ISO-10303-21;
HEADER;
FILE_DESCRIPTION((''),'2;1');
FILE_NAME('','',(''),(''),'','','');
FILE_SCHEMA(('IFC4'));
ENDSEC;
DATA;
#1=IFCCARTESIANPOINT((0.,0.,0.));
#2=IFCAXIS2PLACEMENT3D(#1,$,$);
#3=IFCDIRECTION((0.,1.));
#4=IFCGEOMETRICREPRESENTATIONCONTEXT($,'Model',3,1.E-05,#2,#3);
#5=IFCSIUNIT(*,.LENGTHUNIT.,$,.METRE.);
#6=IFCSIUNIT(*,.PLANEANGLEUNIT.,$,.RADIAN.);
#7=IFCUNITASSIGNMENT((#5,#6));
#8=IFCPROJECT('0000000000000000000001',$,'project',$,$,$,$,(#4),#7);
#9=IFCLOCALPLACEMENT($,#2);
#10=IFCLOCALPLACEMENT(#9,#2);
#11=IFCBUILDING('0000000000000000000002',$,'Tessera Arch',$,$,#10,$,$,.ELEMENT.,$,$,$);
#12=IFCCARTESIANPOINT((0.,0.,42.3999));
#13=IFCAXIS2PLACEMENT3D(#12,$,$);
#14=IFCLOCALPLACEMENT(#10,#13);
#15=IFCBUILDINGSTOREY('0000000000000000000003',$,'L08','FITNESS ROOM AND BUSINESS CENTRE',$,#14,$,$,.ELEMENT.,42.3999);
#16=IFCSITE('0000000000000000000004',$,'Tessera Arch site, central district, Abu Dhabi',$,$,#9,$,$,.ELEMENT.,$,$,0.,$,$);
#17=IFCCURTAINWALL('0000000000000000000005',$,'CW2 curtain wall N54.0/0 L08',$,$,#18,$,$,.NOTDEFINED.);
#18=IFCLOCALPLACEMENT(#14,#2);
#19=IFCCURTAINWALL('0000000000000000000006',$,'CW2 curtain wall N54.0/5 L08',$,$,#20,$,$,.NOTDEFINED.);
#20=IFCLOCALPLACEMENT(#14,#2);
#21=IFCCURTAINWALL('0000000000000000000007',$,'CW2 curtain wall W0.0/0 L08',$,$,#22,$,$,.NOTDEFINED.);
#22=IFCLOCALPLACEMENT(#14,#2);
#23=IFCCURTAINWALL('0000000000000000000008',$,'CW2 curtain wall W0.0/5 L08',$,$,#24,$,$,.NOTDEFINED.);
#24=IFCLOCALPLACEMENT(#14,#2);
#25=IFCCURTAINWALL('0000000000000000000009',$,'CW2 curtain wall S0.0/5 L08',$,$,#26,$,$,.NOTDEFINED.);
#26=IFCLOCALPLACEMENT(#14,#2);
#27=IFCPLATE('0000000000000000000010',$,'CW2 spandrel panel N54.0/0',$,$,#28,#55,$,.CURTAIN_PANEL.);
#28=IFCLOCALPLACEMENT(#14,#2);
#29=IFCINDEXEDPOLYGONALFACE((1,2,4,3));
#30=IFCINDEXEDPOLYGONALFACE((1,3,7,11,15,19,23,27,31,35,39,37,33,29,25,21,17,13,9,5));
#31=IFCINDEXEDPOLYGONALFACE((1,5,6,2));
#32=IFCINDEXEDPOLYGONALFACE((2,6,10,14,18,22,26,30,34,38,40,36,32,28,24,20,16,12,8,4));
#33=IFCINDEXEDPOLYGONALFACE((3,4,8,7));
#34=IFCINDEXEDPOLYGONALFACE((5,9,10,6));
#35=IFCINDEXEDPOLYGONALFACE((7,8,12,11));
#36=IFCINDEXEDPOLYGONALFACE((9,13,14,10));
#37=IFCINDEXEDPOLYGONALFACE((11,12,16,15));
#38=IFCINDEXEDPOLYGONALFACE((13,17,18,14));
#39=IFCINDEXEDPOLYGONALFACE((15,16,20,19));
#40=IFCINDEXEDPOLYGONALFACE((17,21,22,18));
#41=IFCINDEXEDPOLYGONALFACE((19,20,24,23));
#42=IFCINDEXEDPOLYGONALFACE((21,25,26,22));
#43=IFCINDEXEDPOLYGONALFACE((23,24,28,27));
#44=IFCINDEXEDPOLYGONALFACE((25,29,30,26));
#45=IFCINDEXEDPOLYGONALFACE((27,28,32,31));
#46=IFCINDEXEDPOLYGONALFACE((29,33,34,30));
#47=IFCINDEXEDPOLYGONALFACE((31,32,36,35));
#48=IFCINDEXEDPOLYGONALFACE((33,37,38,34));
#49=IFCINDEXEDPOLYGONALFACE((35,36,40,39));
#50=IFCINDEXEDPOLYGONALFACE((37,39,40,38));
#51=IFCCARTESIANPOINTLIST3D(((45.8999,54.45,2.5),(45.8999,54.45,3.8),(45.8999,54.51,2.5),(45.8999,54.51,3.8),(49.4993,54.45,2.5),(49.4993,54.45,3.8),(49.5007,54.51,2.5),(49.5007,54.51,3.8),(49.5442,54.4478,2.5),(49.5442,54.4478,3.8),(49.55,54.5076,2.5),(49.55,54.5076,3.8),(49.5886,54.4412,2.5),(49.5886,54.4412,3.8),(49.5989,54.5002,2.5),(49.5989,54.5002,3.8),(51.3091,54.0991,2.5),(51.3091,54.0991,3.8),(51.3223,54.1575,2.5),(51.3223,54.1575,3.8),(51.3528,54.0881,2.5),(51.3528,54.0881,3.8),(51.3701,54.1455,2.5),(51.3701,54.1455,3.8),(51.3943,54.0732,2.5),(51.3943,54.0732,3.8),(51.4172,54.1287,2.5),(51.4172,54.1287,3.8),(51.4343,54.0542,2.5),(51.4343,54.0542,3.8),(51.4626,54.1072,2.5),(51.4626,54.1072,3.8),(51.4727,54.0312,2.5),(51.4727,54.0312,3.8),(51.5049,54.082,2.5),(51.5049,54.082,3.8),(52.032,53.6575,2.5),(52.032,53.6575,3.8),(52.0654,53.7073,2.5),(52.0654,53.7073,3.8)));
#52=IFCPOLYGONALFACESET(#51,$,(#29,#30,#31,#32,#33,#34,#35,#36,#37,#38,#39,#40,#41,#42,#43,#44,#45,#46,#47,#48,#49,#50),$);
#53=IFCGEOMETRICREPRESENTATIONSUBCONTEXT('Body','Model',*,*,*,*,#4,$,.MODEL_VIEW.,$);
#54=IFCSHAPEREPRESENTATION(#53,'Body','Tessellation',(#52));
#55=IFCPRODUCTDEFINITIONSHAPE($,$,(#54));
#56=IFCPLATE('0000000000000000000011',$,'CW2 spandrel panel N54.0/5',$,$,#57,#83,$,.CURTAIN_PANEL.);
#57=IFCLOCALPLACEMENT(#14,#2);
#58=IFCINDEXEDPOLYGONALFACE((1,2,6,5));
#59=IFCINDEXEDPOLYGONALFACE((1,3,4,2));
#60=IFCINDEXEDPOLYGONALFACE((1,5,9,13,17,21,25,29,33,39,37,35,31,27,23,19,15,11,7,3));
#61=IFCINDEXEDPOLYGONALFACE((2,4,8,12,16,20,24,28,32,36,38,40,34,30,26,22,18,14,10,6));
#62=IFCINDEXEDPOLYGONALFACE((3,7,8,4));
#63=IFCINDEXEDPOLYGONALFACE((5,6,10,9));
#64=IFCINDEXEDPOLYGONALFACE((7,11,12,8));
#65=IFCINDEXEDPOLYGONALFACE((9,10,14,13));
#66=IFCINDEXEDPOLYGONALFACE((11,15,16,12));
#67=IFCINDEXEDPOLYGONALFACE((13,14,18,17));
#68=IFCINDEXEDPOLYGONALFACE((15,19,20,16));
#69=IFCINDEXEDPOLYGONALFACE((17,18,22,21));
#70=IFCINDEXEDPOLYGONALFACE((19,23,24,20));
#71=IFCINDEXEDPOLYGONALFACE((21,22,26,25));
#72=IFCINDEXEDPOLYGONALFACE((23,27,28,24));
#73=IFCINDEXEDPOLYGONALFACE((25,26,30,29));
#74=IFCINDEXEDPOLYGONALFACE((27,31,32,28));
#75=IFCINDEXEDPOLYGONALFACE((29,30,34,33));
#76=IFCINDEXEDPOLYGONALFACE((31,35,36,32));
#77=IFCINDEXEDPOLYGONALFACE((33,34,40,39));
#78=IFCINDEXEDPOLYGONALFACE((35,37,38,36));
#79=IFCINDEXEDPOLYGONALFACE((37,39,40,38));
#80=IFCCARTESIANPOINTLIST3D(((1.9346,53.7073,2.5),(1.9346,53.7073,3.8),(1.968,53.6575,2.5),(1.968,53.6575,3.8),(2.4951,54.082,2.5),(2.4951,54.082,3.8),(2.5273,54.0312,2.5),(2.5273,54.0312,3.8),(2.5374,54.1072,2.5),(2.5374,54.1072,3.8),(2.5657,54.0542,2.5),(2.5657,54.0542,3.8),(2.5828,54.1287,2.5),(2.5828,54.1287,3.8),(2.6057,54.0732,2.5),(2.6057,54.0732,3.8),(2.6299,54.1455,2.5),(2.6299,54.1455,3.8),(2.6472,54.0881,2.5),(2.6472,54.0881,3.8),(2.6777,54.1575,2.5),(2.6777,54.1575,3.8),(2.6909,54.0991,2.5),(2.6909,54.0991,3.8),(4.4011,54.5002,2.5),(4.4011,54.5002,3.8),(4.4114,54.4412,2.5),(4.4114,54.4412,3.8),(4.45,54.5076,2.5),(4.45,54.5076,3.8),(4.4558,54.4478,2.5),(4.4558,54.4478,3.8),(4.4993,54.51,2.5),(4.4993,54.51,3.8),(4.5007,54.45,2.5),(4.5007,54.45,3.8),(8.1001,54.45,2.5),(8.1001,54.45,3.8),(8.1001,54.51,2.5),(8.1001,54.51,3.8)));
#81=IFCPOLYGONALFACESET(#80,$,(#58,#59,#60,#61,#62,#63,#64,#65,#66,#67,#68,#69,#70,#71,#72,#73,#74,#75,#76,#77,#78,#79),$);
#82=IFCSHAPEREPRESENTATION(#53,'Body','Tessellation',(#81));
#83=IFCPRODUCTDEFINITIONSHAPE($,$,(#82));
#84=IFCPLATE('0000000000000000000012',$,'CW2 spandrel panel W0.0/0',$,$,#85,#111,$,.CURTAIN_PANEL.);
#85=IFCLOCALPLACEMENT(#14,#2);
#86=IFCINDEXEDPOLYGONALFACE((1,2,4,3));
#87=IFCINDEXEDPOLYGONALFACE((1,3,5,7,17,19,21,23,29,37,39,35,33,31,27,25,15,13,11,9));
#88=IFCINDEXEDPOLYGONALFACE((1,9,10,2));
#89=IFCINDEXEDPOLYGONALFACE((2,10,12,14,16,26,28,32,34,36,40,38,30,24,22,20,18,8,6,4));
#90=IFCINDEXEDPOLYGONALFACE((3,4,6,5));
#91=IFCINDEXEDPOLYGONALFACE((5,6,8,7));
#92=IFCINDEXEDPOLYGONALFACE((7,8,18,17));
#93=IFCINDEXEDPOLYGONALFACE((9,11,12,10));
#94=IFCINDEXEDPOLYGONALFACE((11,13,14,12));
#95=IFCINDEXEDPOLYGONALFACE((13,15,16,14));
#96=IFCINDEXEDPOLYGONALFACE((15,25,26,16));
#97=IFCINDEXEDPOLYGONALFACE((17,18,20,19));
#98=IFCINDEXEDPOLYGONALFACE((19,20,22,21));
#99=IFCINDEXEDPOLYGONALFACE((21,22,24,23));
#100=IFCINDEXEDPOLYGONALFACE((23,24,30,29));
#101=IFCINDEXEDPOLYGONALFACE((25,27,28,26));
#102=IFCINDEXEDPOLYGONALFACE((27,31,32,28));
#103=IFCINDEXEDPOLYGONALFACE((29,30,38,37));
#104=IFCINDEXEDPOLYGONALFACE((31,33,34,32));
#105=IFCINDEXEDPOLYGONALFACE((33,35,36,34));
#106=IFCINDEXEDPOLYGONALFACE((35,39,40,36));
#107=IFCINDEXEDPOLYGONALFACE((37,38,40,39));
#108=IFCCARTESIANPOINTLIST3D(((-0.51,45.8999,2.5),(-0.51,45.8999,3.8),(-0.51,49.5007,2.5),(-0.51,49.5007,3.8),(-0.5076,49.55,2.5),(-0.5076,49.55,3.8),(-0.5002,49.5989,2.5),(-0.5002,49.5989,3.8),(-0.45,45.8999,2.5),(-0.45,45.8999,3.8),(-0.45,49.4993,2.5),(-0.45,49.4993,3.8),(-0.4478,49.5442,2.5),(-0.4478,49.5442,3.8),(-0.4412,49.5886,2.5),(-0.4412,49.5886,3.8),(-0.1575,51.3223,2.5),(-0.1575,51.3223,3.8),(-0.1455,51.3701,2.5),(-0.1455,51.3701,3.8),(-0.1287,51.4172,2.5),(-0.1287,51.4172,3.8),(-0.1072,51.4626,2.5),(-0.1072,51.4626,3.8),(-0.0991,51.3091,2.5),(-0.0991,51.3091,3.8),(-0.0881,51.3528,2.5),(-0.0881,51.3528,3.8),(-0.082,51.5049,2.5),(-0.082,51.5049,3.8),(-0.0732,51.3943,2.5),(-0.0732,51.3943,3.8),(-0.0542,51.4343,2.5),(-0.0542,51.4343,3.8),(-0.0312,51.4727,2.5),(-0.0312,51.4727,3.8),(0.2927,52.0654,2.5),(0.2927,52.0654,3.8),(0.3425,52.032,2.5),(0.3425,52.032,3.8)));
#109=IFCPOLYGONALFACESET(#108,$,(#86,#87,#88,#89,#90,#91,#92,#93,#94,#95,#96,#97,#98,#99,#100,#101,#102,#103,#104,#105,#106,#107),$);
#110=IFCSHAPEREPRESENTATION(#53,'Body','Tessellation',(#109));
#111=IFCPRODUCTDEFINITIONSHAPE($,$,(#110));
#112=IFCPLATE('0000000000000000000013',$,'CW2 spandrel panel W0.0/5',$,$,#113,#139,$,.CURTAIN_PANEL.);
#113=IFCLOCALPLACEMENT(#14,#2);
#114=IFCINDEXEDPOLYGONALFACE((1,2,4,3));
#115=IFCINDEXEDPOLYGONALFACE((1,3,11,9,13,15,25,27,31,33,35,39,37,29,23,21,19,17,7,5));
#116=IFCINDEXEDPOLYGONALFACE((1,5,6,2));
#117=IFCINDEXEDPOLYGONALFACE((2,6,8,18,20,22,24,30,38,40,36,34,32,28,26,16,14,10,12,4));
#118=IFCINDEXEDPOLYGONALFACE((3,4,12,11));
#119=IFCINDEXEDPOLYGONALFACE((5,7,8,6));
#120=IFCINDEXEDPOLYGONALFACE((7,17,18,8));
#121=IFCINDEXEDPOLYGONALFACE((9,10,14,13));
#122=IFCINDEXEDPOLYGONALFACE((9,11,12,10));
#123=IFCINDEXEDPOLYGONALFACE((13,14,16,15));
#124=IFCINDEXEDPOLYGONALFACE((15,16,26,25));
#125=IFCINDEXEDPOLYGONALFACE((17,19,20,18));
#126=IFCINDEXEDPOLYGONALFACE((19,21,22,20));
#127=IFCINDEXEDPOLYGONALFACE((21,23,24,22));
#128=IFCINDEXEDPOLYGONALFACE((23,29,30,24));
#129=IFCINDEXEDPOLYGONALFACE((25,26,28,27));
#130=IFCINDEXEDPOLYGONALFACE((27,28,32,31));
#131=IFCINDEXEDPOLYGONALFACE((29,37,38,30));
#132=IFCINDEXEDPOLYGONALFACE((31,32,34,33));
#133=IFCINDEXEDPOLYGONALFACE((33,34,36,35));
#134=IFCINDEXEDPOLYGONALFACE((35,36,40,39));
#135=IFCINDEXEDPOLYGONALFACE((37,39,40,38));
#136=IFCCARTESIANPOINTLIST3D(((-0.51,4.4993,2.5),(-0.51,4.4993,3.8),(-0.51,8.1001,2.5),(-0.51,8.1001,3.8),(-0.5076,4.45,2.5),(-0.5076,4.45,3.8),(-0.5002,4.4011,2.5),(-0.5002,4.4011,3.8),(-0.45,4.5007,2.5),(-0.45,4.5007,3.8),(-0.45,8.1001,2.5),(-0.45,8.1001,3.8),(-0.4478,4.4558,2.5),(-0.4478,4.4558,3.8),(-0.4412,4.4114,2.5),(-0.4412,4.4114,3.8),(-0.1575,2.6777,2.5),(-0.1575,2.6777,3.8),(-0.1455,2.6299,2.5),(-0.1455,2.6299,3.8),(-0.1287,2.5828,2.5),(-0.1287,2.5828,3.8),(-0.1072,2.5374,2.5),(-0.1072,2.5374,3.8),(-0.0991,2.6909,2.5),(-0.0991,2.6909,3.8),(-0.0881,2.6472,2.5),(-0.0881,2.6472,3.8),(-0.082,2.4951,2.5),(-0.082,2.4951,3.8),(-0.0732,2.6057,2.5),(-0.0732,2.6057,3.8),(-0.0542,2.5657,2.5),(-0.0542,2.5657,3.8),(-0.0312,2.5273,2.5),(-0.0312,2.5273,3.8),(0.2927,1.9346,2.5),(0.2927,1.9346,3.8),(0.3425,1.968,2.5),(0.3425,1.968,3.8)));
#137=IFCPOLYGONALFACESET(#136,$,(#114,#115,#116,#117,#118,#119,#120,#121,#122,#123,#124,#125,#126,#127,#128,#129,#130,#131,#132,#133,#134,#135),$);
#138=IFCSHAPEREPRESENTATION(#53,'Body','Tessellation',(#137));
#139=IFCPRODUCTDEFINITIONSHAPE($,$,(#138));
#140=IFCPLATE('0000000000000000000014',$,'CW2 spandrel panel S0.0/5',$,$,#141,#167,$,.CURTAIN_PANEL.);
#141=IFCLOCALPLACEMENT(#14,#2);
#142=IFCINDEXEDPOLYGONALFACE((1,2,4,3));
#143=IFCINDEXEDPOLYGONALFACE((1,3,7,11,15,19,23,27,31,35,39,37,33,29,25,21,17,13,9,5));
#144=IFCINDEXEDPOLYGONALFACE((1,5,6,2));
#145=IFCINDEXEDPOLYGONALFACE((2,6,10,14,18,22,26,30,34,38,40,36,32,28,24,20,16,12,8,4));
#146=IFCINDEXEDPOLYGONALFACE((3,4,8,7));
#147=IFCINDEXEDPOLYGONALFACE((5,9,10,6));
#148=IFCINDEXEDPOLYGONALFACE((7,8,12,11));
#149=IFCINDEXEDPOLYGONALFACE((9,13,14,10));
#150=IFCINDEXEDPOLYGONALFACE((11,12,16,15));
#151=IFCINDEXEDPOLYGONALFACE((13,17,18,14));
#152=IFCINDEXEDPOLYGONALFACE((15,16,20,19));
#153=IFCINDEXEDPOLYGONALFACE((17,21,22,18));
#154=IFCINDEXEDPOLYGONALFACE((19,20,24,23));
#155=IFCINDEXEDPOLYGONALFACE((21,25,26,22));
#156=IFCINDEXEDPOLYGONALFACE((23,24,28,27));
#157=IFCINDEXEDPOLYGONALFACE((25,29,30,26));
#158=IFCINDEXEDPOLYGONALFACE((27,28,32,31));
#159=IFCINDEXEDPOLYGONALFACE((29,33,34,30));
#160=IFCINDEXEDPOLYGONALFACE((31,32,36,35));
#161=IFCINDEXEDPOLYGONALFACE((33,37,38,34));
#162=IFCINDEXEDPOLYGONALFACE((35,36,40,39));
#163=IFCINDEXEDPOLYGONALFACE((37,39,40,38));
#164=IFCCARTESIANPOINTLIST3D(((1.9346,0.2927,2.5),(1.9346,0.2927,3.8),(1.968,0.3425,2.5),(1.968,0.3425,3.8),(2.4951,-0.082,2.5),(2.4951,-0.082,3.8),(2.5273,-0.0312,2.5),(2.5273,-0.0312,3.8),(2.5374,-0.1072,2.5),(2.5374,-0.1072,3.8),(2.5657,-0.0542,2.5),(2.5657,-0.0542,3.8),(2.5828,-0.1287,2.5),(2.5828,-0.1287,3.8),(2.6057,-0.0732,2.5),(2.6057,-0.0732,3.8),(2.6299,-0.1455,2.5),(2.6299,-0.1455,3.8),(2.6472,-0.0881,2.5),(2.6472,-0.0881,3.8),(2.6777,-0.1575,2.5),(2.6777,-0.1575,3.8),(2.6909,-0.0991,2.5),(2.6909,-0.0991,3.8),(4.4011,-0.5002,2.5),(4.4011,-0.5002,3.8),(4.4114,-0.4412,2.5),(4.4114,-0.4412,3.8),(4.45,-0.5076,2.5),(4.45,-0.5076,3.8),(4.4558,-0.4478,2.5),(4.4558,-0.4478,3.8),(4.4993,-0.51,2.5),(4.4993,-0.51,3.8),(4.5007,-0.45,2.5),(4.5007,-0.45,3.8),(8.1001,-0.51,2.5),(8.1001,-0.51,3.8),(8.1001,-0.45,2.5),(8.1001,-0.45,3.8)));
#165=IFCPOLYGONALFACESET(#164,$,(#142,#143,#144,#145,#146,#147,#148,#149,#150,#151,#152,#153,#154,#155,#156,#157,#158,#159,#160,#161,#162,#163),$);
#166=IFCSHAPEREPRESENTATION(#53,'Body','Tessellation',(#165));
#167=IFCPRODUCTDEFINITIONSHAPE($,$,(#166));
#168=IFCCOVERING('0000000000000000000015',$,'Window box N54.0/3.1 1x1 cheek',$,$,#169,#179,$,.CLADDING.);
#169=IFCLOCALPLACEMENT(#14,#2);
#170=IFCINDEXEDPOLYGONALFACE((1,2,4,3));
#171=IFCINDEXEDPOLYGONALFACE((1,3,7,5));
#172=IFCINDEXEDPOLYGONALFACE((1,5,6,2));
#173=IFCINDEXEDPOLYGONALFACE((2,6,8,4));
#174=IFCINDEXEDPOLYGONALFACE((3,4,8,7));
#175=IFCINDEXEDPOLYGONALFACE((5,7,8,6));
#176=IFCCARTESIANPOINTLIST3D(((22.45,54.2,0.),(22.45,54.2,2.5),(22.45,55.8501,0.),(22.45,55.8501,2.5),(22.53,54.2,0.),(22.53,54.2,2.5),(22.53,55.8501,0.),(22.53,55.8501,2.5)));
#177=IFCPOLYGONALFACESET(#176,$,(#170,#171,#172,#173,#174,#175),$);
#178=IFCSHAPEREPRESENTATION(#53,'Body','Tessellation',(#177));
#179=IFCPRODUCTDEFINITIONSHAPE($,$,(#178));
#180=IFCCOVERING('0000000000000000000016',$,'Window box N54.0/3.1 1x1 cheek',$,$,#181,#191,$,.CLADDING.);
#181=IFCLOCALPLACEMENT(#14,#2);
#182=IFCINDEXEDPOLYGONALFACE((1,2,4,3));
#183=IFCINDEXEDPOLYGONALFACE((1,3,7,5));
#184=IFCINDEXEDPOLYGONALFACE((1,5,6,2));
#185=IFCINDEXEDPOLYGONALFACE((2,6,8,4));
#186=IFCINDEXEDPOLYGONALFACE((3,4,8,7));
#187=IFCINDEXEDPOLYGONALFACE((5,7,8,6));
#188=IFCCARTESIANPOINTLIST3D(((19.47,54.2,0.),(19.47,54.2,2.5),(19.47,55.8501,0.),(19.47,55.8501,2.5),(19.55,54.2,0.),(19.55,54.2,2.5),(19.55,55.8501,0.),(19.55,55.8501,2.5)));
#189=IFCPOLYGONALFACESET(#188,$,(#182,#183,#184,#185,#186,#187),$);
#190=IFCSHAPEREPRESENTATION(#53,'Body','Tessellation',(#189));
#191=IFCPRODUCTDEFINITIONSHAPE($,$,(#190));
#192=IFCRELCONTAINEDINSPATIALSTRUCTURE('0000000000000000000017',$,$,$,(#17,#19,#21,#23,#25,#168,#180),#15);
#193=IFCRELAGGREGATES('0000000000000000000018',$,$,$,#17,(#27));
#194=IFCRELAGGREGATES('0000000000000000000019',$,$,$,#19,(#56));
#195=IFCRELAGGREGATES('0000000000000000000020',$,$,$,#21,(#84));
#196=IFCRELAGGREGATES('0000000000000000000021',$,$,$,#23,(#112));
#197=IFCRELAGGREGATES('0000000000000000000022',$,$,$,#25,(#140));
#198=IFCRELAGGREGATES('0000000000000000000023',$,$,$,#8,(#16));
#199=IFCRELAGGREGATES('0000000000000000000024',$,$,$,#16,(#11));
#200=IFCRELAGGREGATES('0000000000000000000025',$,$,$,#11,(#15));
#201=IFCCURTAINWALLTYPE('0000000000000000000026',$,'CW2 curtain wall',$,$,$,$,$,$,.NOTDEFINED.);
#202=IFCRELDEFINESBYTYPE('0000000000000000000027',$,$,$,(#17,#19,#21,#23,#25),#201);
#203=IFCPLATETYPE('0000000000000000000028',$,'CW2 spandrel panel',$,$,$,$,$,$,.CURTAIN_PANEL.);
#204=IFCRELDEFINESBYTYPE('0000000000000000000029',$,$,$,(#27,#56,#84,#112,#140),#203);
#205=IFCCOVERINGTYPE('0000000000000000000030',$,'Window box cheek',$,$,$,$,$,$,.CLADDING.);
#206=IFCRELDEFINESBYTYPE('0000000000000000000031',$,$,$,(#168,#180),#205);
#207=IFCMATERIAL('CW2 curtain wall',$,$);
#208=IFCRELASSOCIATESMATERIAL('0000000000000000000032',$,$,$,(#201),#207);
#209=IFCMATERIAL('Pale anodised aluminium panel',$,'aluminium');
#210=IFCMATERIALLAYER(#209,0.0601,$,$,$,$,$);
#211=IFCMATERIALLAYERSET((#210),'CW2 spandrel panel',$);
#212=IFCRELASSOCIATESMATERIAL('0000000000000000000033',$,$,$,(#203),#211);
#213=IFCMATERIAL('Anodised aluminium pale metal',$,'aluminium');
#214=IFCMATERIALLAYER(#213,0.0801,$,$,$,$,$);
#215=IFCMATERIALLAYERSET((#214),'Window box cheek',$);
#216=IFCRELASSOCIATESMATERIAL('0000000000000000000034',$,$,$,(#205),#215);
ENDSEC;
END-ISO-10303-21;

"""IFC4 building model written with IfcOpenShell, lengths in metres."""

from ifc_helpers import new_model, si_unit, direction, frame, origin, place, context, subcontext, project, spatial, polyline, outline, extrude, material, layer, layer_set, type_object, element, aggregate, save


model = new_model("IFC4")

# Units and contexts
model_context = context("Model", 3, precision=1e-05, world=origin(), true_north=direction((0.0, 1.0)))
body_context = subcontext(model_context, "Body", "Model", "MODEL_VIEW")
ifc_project = project(units=[si_unit("LENGTHUNIT", "METRE"), si_unit("PLANEANGLEUNIT", "RADIAN")], contexts=[model_context])

# Site, building, storey
site_placement = place(None, origin())
site = spatial("IfcSite", under=ifc_project, at=site_placement, Name="Tessera Arch site, central district, Abu Dhabi", CompositionType="ELEMENT", RefElevation=0.0)
building_placement = place(site_placement, origin())
building = spatial("IfcBuilding", under=site, at=building_placement, Name="Tessera Arch", CompositionType="ELEMENT")
storey_placement = place(building_placement, frame((0.0, 0.0, 42.3999)))
storey = spatial("IfcBuildingStorey", under=building, at=storey_placement, Name="L08", Description="FITNESS ROOM AND BUSINESS CENTRE", CompositionType="ELEMENT", Elevation=42.3999)

# Curtain walls
ifc_material_1 = material(Name="CW2 curtain wall")
curtain_wall_type = type_object("IfcCurtainWallType", Name="CW2 curtain wall", PredefinedType="NOTDEFINED", material=ifc_material_1)
curtain_wall_1_placement = place(storey_placement, origin())
curtain_wall_1 = element("IfcCurtainWall", 1, at=curtain_wall_1_placement, inside=storey, type_object=curtain_wall_type, Name="CW2 curtain wall N54.0/0 L08", PredefinedType="NOTDEFINED")
curtain_wall_2_placement = place(storey_placement, origin())
curtain_wall_2 = element("IfcCurtainWall", 2, at=curtain_wall_2_placement, inside=storey, type_object=curtain_wall_type, Name="CW2 curtain wall N54.0/5 L08", PredefinedType="NOTDEFINED")
curtain_wall_3_placement = place(storey_placement, origin())
curtain_wall_3 = element("IfcCurtainWall", 3, at=curtain_wall_3_placement, inside=storey, type_object=curtain_wall_type, Name="CW2 curtain wall W0.0/0 L08", PredefinedType="NOTDEFINED")
curtain_wall_4_placement = place(storey_placement, origin())
curtain_wall_4 = element("IfcCurtainWall", 4, at=curtain_wall_4_placement, inside=storey, type_object=curtain_wall_type, Name="CW2 curtain wall W0.0/5 L08", PredefinedType="NOTDEFINED")
curtain_wall_5_placement = place(storey_placement, origin())
curtain_wall_5 = element("IfcCurtainWall", 5, at=curtain_wall_5_placement, inside=storey, type_object=curtain_wall_type, Name="CW2 curtain wall S0.0/5 L08", PredefinedType="NOTDEFINED")

# Plates
ifc_material_2 = material(Name="Pale anodised aluminium panel", Category="aluminium")
ifc_layer_1 = layer(ifc_material_2, 0.0601)
ifc_layer_set_1 = layer_set([ifc_layer_1], Name="CW2 spandrel panel")
plate_type_1 = type_object("IfcPlateType", Name="CW2 spandrel panel", PredefinedType="CURTAIN_PANEL", material=ifc_layer_set_1)
plate_1_placement = place(storey_placement, frame((0.0, 0.0, 2.5)))
plate_1 = element("IfcPlate", 6, at=plate_1_placement, type_object=plate_type_1, Name="CW2 spandrel panel N54.0/0", PredefinedType="CURTAIN_PANEL", context=body_context, shape_type="SweptSolid", body=[
    extrude(outline(polyline([(51.4727, 54.0312), (52.032, 53.6575), (52.0654, 53.7073), (51.5049, 54.082), (51.4626, 54.1072), (51.4172, 54.1287), (51.3701, 54.1455), (51.3223, 54.1575), (49.5989, 54.5002), (49.55, 54.5076), (49.5007, 54.51), (45.8999, 54.51), (45.8999, 54.45), (49.4993, 54.45), (49.5442, 54.4478), (49.5886, 54.4412), (51.3091, 54.0991), (51.3528, 54.0881), (51.3943, 54.0732), (51.4343, 54.0542), (51.4727, 54.0312)])), origin(), (0.0, 0.0, 1.0), 1.3),
])
aggregate(curtain_wall_1, [plate_1])
plate_2_placement = place(storey_placement, frame((0.0, 0.0, 2.5)))
plate_2 = element("IfcPlate", 7, at=plate_2_placement, type_object=plate_type_1, Name="CW2 spandrel panel N54.0/5", PredefinedType="CURTAIN_PANEL", context=body_context, shape_type="SweptSolid", body=[
    extrude(outline(polyline([(4.5007, 54.45), (8.1001, 54.45), (8.1001, 54.51), (4.4993, 54.51), (4.45, 54.5076), (4.4011, 54.5002), (2.6777, 54.1575), (2.6299, 54.1455), (2.5828, 54.1287), (2.5374, 54.1072), (2.4951, 54.082), (1.9346, 53.7073), (1.968, 53.6575), (2.5273, 54.0312), (2.5657, 54.0542), (2.6057, 54.0732), (2.6472, 54.0881), (2.6909, 54.0991), (4.4114, 54.4412), (4.4558, 54.4478), (4.5007, 54.45)])), origin(), (0.0, 0.0, 1.0), 1.3),
])
aggregate(curtain_wall_2, [plate_2])
plate_3_placement = place(storey_placement, frame((0.0, 0.0, 2.5)))
plate_3 = element("IfcPlate", 8, at=plate_3_placement, type_object=plate_type_1, Name="CW2 spandrel panel W0.0/0", PredefinedType="CURTAIN_PANEL", context=body_context, shape_type="SweptSolid", body=[
    extrude(outline(polyline([(-0.0312, 51.4727), (0.3425, 52.032), (0.2927, 52.0654), (-0.082, 51.5049), (-0.1072, 51.4626), (-0.1287, 51.4172), (-0.1455, 51.3701), (-0.1575, 51.3223), (-0.5002, 49.5989), (-0.5076, 49.55), (-0.51, 49.5007), (-0.51, 45.8999), (-0.45, 45.8999), (-0.45, 49.4993), (-0.4478, 49.5442), (-0.4412, 49.5886), (-0.0991, 51.3091), (-0.0881, 51.3528), (-0.0732, 51.3943), (-0.0542, 51.4343), (-0.0312, 51.4727)])), origin(), (0.0, 0.0, 1.0), 1.3),
])
aggregate(curtain_wall_3, [plate_3])
plate_4_placement = place(storey_placement, frame((0.0, 0.0, 2.5)))
plate_4 = element("IfcPlate", 9, at=plate_4_placement, type_object=plate_type_1, Name="CW2 spandrel panel W0.0/5", PredefinedType="CURTAIN_PANEL", context=body_context, shape_type="SweptSolid", body=[
    extrude(outline(polyline([(-0.45, 4.5007), (-0.45, 8.1001), (-0.51, 8.1001), (-0.51, 4.4993), (-0.5076, 4.45), (-0.5002, 4.4011), (-0.1575, 2.6777), (-0.1455, 2.6299), (-0.1287, 2.5828), (-0.1072, 2.5374), (-0.082, 2.4951), (0.2927, 1.9346), (0.3425, 1.968), (-0.0312, 2.5273), (-0.0542, 2.5657), (-0.0732, 2.6057), (-0.0881, 2.6472), (-0.0991, 2.6909), (-0.4412, 4.4114), (-0.4478, 4.4558), (-0.45, 4.5007)])), origin(), (0.0, 0.0, 1.0), 1.3),
])
aggregate(curtain_wall_4, [plate_4])
plate_5_placement = place(storey_placement, frame((0.0, 0.0, 2.5)))
plate_5 = element("IfcPlate", 10, at=plate_5_placement, type_object=plate_type_1, Name="CW2 spandrel panel S0.0/5", PredefinedType="CURTAIN_PANEL", context=body_context, shape_type="SweptSolid", body=[
    extrude(outline(polyline([(2.5273, -0.0312), (1.968, 0.3425), (1.9346, 0.2927), (2.4951, -0.082), (2.5374, -0.1072), (2.5828, -0.1287), (2.6299, -0.1455), (2.6777, -0.1575), (4.4011, -0.5002), (4.45, -0.5076), (4.4993, -0.51), (8.1001, -0.51), (8.1001, -0.45), (4.5007, -0.45), (4.4558, -0.4478), (4.4114, -0.4412), (2.6909, -0.0991), (2.6472, -0.0881), (2.6057, -0.0732), (2.5657, -0.0542), (2.5273, -0.0312)])), origin(), (0.0, 0.0, 1.0), 1.3),
])
aggregate(curtain_wall_5, [plate_5])

# Coverings
ifc_material_3 = material(Name="Anodised aluminium pale metal", Category="aluminium")
ifc_layer_2 = layer(ifc_material_3, 0.0801)
ifc_layer_set_2 = layer_set([ifc_layer_2], Name="Window box cheek")
covering_type_1 = type_object("IfcCoveringType", Name="Window box cheek", PredefinedType="CLADDING", material=ifc_layer_set_2)
covering_1_placement = place(storey_placement, origin())
element("IfcCovering", 11, at=covering_1_placement, inside=storey, type_object=covering_type_1, Name="Window box N54.0/3.1 1x1 cheek", PredefinedType="CLADDING", context=body_context, shape_type="SweptSolid", body=[
    extrude(outline(polyline([(22.53, 55.8501), (22.45, 55.8501), (22.45, 54.2), (22.53, 54.2), (22.53, 55.8501)])), origin(), (0.0, 0.0, 1.0), 2.5),
])
covering_2_placement = place(storey_placement, origin())
element("IfcCovering", 12, at=covering_2_placement, inside=storey, type_object=covering_type_1, Name="Window box N54.0/3.1 1x1 cheek", PredefinedType="CLADDING", context=body_context, shape_type="SweptSolid", body=[
    extrude(outline(polyline([(19.55, 55.8501), (19.47, 55.8501), (19.47, 54.2), (19.55, 54.2), (19.55, 55.8501)])), origin(), (0.0, 0.0, 1.0), 2.5),
])

save(model, "model.ifc")
